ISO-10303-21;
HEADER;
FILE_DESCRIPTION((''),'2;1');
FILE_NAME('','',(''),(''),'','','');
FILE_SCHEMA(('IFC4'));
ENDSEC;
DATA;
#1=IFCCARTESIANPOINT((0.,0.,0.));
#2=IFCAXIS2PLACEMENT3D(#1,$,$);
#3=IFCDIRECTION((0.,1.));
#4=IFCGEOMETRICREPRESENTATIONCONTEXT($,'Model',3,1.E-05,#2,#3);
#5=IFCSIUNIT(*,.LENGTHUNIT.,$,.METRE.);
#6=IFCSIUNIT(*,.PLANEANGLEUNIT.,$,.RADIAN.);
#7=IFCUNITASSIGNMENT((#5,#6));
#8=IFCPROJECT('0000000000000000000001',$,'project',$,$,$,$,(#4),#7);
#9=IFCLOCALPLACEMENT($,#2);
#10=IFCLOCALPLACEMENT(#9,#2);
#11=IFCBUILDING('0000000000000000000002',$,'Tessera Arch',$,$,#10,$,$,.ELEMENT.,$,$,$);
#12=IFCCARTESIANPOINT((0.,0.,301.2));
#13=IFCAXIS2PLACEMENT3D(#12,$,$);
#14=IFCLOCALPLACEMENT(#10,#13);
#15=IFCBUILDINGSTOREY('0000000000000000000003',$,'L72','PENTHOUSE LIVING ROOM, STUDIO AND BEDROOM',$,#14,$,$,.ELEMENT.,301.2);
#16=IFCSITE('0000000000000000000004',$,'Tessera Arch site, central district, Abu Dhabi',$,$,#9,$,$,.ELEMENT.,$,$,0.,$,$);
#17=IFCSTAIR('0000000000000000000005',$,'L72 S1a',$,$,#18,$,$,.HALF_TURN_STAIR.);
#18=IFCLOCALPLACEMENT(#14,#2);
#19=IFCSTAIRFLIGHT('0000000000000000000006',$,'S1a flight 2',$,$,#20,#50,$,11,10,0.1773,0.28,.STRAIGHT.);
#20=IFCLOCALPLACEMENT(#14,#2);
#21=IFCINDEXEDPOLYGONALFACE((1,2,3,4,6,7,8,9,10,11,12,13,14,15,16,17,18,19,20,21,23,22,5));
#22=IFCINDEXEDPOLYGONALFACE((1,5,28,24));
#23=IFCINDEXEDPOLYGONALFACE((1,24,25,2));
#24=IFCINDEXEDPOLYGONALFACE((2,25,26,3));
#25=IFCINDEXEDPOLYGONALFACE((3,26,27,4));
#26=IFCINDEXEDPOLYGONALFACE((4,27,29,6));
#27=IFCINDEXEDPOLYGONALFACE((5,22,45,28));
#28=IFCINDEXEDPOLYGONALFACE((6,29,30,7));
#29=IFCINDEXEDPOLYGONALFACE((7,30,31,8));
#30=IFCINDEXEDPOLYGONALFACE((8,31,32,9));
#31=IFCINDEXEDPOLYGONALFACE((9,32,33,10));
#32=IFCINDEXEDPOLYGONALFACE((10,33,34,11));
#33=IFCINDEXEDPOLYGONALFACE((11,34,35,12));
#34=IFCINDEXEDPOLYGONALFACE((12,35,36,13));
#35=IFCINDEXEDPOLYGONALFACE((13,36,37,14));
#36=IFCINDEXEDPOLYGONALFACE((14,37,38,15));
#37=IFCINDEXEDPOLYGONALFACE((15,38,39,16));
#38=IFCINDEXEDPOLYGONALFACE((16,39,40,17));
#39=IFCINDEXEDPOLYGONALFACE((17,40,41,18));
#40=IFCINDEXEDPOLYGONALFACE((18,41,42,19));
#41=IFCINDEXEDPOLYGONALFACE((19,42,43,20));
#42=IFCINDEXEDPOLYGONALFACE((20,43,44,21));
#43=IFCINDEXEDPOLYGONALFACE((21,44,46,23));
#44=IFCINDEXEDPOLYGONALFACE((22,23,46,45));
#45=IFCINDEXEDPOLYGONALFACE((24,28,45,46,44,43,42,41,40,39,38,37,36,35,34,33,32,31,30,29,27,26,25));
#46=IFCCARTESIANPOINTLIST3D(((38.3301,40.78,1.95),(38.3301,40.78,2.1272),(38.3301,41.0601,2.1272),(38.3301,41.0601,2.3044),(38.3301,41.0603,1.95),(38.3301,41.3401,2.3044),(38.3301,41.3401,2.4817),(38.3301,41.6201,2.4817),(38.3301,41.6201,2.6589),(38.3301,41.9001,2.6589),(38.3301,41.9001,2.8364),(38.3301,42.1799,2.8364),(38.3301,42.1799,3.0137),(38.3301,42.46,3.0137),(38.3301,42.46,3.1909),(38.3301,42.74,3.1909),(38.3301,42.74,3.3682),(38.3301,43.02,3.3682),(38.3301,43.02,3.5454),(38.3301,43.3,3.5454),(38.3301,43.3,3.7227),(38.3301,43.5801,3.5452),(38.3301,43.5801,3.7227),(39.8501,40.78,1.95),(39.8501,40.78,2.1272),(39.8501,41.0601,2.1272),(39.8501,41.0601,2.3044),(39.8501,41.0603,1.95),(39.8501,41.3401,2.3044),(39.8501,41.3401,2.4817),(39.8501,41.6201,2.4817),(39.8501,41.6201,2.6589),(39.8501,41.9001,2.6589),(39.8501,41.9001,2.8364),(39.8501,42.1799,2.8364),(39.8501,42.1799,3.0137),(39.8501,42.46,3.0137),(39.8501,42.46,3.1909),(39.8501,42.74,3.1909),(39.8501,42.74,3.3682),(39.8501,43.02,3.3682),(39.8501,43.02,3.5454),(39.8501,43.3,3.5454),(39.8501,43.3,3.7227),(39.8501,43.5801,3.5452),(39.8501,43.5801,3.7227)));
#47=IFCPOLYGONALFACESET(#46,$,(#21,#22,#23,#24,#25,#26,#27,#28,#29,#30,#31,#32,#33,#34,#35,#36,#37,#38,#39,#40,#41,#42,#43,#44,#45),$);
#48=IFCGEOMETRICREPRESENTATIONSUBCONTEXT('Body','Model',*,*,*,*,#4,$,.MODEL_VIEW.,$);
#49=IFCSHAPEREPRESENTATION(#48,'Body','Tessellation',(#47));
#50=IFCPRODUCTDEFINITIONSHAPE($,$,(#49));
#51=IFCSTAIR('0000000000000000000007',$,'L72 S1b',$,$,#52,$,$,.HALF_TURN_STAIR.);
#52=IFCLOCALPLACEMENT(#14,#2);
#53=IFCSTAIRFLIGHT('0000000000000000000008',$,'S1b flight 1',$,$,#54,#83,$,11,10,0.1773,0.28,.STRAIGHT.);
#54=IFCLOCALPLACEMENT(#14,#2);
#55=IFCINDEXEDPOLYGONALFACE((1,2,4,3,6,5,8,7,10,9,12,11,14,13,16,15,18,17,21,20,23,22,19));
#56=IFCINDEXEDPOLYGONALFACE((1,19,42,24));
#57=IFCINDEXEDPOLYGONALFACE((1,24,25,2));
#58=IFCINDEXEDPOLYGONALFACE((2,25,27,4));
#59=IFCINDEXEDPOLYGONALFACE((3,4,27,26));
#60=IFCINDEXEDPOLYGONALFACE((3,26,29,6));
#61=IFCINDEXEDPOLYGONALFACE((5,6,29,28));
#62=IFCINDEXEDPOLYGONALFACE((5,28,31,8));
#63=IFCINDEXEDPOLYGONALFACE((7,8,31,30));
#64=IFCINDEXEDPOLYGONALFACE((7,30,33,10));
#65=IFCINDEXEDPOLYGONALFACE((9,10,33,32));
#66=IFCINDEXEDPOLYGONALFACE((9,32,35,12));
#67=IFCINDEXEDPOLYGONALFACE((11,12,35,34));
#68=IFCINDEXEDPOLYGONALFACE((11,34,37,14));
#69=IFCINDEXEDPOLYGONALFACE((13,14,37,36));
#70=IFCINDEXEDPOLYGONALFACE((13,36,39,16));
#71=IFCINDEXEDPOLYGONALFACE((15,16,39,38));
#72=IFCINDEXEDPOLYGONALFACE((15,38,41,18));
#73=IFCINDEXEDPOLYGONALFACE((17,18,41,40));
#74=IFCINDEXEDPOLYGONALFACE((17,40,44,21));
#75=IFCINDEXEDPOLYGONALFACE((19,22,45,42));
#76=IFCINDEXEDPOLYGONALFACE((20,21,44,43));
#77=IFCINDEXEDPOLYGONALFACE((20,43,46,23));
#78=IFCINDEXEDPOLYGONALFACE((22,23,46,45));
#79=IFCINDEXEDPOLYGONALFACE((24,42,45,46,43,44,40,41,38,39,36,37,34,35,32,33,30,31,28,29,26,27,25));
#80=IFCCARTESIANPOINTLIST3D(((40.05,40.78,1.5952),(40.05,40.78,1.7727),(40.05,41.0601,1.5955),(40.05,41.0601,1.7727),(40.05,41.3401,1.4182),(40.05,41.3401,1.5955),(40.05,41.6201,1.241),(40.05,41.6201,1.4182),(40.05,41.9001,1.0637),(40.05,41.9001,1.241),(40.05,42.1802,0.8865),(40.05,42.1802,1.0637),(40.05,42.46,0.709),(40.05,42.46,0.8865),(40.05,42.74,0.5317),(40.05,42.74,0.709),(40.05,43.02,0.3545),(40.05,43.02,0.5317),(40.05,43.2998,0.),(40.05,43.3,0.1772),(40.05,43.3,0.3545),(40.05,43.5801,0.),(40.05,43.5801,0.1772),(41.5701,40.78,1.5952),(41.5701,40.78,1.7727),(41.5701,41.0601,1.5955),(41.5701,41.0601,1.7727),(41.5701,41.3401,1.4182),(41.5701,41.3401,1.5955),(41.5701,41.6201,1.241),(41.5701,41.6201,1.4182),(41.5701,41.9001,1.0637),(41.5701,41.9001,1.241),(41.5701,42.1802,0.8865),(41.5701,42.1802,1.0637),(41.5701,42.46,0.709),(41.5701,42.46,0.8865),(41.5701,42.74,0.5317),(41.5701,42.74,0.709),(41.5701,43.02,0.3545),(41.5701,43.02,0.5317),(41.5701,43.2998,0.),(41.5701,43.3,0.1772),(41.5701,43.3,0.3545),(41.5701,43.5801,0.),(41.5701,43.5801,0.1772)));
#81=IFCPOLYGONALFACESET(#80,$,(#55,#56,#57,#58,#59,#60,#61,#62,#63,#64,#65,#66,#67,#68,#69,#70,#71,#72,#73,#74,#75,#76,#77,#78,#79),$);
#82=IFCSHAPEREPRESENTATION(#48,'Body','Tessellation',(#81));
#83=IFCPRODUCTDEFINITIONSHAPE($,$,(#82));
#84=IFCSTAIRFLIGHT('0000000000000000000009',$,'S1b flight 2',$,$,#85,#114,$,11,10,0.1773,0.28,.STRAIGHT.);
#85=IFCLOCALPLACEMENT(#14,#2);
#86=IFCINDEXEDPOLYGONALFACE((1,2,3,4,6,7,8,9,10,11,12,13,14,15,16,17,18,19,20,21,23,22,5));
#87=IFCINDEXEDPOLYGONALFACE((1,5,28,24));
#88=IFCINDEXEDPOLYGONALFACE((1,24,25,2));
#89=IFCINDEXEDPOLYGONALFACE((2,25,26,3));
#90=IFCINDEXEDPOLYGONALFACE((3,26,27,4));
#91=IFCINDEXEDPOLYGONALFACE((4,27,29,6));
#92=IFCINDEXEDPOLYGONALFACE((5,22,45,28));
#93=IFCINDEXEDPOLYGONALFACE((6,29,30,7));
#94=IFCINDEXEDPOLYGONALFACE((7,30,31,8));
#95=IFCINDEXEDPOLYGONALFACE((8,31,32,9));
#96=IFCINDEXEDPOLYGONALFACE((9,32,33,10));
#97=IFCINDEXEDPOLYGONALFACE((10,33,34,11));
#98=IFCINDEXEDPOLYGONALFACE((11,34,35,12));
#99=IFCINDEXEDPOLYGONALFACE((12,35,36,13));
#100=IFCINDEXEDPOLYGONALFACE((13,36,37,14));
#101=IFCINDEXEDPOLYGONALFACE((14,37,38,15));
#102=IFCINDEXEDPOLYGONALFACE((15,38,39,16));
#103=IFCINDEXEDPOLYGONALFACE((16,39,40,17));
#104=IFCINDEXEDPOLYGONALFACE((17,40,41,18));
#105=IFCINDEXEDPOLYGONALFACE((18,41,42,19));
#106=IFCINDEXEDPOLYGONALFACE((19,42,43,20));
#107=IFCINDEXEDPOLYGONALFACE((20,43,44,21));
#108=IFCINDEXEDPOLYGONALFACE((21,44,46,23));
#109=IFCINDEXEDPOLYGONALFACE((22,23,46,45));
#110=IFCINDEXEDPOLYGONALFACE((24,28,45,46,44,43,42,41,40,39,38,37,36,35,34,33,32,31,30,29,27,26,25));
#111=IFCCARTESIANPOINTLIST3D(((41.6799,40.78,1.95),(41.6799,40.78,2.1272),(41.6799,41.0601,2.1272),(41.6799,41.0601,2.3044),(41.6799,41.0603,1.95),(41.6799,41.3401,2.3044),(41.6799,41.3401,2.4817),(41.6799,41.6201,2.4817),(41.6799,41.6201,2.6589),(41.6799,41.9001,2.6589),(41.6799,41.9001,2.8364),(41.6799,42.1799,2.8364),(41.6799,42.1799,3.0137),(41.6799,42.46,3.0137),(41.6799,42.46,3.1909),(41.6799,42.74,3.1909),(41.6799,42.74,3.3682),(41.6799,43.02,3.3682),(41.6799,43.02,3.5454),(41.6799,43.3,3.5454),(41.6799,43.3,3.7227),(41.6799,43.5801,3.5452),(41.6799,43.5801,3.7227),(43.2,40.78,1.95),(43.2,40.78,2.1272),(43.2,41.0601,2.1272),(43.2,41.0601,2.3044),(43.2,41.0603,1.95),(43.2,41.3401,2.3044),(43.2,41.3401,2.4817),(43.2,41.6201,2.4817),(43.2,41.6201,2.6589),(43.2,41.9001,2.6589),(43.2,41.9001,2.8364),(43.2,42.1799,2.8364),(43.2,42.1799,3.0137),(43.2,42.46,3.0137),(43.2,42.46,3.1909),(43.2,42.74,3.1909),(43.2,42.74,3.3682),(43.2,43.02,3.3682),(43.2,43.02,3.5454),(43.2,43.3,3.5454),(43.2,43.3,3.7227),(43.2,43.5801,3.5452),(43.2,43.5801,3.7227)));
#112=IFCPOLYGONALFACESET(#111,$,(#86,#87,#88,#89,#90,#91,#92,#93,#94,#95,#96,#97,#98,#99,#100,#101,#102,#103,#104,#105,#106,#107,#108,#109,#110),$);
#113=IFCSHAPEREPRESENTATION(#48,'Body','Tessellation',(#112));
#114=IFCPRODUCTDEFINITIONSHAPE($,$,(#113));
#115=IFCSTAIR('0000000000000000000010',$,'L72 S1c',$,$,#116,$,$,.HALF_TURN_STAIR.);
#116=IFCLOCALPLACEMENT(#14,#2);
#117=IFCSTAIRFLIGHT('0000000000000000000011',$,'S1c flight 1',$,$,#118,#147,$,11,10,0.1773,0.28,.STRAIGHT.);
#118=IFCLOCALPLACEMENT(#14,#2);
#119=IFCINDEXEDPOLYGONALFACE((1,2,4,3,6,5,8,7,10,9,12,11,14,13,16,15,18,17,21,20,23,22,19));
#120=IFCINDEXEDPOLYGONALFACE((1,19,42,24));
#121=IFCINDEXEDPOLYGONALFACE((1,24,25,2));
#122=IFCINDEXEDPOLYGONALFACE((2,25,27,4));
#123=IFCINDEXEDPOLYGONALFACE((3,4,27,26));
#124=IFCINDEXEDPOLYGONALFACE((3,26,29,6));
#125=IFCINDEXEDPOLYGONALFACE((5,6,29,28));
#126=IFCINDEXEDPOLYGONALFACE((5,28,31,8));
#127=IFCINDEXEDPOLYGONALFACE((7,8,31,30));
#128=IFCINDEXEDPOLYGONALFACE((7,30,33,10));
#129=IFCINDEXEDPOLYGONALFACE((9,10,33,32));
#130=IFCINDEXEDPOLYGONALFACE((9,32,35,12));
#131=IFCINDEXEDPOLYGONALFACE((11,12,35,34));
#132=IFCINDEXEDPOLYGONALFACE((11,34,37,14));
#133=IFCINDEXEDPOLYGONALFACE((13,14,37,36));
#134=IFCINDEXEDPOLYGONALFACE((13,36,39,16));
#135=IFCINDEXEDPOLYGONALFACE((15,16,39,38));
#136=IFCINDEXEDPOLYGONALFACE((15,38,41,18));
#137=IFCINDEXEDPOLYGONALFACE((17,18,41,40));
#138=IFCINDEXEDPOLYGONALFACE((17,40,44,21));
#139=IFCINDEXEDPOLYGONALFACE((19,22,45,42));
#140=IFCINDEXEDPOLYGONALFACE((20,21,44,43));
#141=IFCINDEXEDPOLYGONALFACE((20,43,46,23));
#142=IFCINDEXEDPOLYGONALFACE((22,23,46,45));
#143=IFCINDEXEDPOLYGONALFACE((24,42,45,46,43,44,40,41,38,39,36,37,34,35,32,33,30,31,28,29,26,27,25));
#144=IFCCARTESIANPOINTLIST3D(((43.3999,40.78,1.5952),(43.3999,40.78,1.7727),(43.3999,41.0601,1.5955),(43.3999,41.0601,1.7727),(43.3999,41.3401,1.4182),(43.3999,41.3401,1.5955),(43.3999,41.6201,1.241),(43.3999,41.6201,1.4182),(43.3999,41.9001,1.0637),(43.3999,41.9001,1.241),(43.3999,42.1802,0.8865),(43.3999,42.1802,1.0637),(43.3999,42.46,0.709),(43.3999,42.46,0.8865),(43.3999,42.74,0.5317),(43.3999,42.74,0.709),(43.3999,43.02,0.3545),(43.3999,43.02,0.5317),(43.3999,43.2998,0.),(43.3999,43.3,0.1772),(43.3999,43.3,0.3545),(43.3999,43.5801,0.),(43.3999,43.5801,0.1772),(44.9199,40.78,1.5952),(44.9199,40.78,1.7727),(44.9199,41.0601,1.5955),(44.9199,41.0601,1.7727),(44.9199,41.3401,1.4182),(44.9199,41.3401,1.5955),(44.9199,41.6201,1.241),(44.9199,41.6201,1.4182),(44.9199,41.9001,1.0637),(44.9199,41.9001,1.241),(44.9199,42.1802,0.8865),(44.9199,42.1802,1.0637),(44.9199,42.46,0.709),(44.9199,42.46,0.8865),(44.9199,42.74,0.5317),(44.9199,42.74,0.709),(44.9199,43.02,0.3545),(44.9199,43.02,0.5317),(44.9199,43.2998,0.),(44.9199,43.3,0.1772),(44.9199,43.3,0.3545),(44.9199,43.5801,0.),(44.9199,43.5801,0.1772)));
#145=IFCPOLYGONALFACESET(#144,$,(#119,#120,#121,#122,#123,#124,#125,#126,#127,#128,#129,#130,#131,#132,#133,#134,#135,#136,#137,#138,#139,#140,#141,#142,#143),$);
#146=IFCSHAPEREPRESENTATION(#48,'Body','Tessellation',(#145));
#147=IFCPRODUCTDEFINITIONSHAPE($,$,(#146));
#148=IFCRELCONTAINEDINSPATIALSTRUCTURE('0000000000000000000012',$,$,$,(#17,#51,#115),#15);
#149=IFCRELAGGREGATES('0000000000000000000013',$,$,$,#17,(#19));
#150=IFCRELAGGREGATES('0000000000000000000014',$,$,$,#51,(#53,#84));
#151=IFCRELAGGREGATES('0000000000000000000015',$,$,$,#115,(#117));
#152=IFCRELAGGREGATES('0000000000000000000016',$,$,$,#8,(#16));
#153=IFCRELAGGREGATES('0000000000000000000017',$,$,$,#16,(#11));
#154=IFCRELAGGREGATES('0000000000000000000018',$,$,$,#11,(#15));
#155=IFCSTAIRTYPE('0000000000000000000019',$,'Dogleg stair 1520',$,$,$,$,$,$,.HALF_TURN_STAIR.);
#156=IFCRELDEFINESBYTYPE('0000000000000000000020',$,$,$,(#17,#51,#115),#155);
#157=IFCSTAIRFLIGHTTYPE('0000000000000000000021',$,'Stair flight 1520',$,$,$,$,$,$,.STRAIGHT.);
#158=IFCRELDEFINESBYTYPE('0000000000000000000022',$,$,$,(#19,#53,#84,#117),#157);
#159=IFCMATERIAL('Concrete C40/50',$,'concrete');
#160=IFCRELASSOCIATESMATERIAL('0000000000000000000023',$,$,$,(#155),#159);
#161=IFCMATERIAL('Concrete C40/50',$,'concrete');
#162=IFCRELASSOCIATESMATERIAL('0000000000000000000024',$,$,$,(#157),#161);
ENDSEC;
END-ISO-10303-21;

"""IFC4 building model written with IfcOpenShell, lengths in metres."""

from ifc_helpers import new_model, si_unit, direction, frame, origin, place, context, subcontext, project, spatial, polyline, outline, extrude, material, type_object, element, aggregate, save


model = new_model("IFC4")

# Units and contexts
model_context = context("Model", 3, precision=1e-05, world=origin(), true_north=direction((0.0, 1.0)))
body_context = subcontext(model_context, "Body", "Model", "MODEL_VIEW")
ifc_project = project(units=[si_unit("LENGTHUNIT", "METRE"), si_unit("PLANEANGLEUNIT", "RADIAN")], contexts=[model_context])

# Site, building, storey
site_placement = place(None, origin())
site = spatial("IfcSite", under=ifc_project, at=site_placement, Name="Tessera Arch site, central district, Abu Dhabi", CompositionType="ELEMENT", RefElevation=0.0)
building_placement = place(site_placement, origin())
building = spatial("IfcBuilding", under=site, at=building_placement, Name="Tessera Arch", CompositionType="ELEMENT")
storey_placement = place(building_placement, frame((0.0, 0.0, 301.2)))
storey = spatial("IfcBuildingStorey", under=building, at=storey_placement, Name="L72", Description="PENTHOUSE LIVING ROOM, STUDIO AND BEDROOM", CompositionType="ELEMENT", Elevation=301.2)

# Stairs, stair flights
ifc_material_1 = material(Name="Concrete C40/50", Category="concrete")
stair_type = type_object("IfcStairType", Name="Dogleg stair 1520", PredefinedType="HALF_TURN_STAIR", material=ifc_material_1)
stair_1_placement = place(storey_placement, origin())
stair_1 = element("IfcStair", 1, at=stair_1_placement, inside=storey, type_object=stair_type, Name="L72 S1a", PredefinedType="HALF_TURN_STAIR")
ifc_material_2 = material(Name="Concrete C40/50", Category="concrete")
stair_flight_type = type_object("IfcStairFlightType", Name="Stair flight 1520", PredefinedType="STRAIGHT", material=ifc_material_2)
stair_flight_1_placement = place(storey_placement, frame((39.0901, 40.78, 1.95), z_axis=(0.0, 0.0, 1.0), x_axis=(0.0, 1.0, 0.0)))
stair_flight_1 = element("IfcStairFlight", 2, at=stair_flight_1_placement, type_object=stair_flight_type, Name="S1a flight 2", NumberOfRisers=11, NumberOfTreads=10, PredefinedType="STRAIGHT", RiserHeight=0.1773, TreadLength=0.28, context=body_context, shape_type="SweptSolid", body=[
    extrude(outline(polyline([(0.0, 0.0), (0.0, 0.1772), (0.28, 0.1772), (0.28, 0.3545), (0.5601, 0.3545), (0.5601, 0.5317), (0.8401, 0.5317), (0.8401, 0.709), (1.1201, 0.709), (1.1201, 0.8865), (1.3999, 0.8865), (1.3999, 1.0637), (1.6799, 1.0637), (1.6799, 1.241), (1.96, 1.241), (1.96, 1.4182), (2.24, 1.4182), (2.24, 1.5955), (2.52, 1.5955), (2.52, 1.7727), (2.8, 1.7727), (2.8, 1.95), (2.8, 1.5952), (0.2803, 0.0), (0.0, 0.0)])), frame((0.0, 0.76, 0.0), z_axis=(0.0, -1.0, 0.0), x_axis=(1.0, 0.0, 0.0)), (0.0, 0.0, 1.0), 1.52),
])
aggregate(stair_1, [stair_flight_1])
stair_2_placement = place(storey_placement, origin())
stair_2 = element("IfcStair", 3, at=stair_2_placement, inside=storey, type_object=stair_type, Name="L72 S1b", PredefinedType="HALF_TURN_STAIR")
stair_flight_2_placement = place(storey_placement, frame((40.8101, 43.5801, 0.0), z_axis=(0.0, 0.0, 1.0), x_axis=(0.0, -1.0, 0.0)))
stair_flight_2 = element("IfcStairFlight", 4, at=stair_flight_2_placement, type_object=stair_flight_type, Name="S1b flight 1", NumberOfRisers=11, NumberOfTreads=10, PredefinedType="STRAIGHT", RiserHeight=0.1773, TreadLength=0.28, context=body_context, shape_type="SweptSolid", body=[
    extrude(outline(polyline([(0.0, 0.0), (0.0, 0.1772), (0.28, 0.1772), (0.28, 0.3545), (0.5601, 0.3545), (0.5601, 0.5317), (0.8401, 0.5317), (0.8401, 0.709), (1.1201, 0.709), (1.1201, 0.8865), (1.3999, 0.8865), (1.3999, 1.0637), (1.6799, 1.0637), (1.6799, 1.241), (1.96, 1.241), (1.96, 1.4182), (2.24, 1.4182), (2.24, 1.5955), (2.52, 1.5955), (2.52, 1.7727), (2.8, 1.7727), (2.8, 1.95), (2.8, 1.5952), (0.2803, 0.0), (0.0, 0.0)])), frame((0.0, 0.76, 0.0), z_axis=(0.0, -1.0, 0.0), x_axis=(1.0, 0.0, 0.0)), (0.0, 0.0, 1.0), 1.52),
])
stair_flight_3_placement = place(storey_placement, frame((42.4399, 40.78, 1.95), z_axis=(0.0, 0.0, 1.0), x_axis=(0.0, 1.0, 0.0)))
stair_flight_3 = element("IfcStairFlight", 5, at=stair_flight_3_placement, type_object=stair_flight_type, Name="S1b flight 2", NumberOfRisers=11, NumberOfTreads=10, PredefinedType="STRAIGHT", RiserHeight=0.1773, TreadLength=0.28, context=body_context, shape_type="SweptSolid", body=[
    extrude(outline(polyline([(0.0, 0.0), (0.0, 0.1772), (0.28, 0.1772), (0.28, 0.3545), (0.5601, 0.3545), (0.5601, 0.5317), (0.8401, 0.5317), (0.8401, 0.709), (1.1201, 0.709), (1.1201, 0.8865), (1.3999, 0.8865), (1.3999, 1.0637), (1.6799, 1.0637), (1.6799, 1.241), (1.96, 1.241), (1.96, 1.4182), (2.24, 1.4182), (2.24, 1.5955), (2.52, 1.5955), (2.52, 1.7727), (2.8, 1.7727), (2.8, 1.95), (2.8, 1.5952), (0.2803, 0.0), (0.0, 0.0)])), frame((0.0, 0.76, 0.0), z_axis=(0.0, -1.0, 0.0), x_axis=(1.0, 0.0, 0.0)), (0.0, 0.0, 1.0), 1.52),
])
aggregate(stair_2, [stair_flight_2, stair_flight_3])

# Stair, stair flight
stair_3_placement = place(storey_placement, origin())
stair_3 = element("IfcStair", 6, at=stair_3_placement, inside=storey, type_object=stair_type, Name="L72 S1c", PredefinedType="HALF_TURN_STAIR")
stair_flight_4_placement = place(storey_placement, frame((44.1599, 43.5801, 0.0), z_axis=(0.0, 0.0, 1.0), x_axis=(0.0, -1.0, 0.0)))
stair_flight_4 = element("IfcStairFlight", 7, at=stair_flight_4_placement, type_object=stair_flight_type, Name="S1c flight 1", NumberOfRisers=11, NumberOfTreads=10, PredefinedType="STRAIGHT", RiserHeight=0.1773, TreadLength=0.28, context=body_context, shape_type="SweptSolid", body=[
    extrude(outline(polyline([(0.0, 0.0), (0.0, 0.1772), (0.28, 0.1772), (0.28, 0.3545), (0.5601, 0.3545), (0.5601, 0.5317), (0.8401, 0.5317), (0.8401, 0.709), (1.1201, 0.709), (1.1201, 0.8865), (1.3999, 0.8865), (1.3999, 1.0637), (1.6799, 1.0637), (1.6799, 1.241), (1.96, 1.241), (1.96, 1.4182), (2.24, 1.4182), (2.24, 1.5955), (2.52, 1.5955), (2.52, 1.7727), (2.8, 1.7727), (2.8, 1.95), (2.8, 1.5952), (0.2803, 0.0), (0.0, 0.0)])), frame((0.0, 0.76, 0.0), z_axis=(0.0, -1.0, 0.0), x_axis=(1.0, 0.0, 0.0)), (0.0, 0.0, 1.0), 1.52),
])
aggregate(stair_3, [stair_flight_4])

save(model, "model.ifc")
